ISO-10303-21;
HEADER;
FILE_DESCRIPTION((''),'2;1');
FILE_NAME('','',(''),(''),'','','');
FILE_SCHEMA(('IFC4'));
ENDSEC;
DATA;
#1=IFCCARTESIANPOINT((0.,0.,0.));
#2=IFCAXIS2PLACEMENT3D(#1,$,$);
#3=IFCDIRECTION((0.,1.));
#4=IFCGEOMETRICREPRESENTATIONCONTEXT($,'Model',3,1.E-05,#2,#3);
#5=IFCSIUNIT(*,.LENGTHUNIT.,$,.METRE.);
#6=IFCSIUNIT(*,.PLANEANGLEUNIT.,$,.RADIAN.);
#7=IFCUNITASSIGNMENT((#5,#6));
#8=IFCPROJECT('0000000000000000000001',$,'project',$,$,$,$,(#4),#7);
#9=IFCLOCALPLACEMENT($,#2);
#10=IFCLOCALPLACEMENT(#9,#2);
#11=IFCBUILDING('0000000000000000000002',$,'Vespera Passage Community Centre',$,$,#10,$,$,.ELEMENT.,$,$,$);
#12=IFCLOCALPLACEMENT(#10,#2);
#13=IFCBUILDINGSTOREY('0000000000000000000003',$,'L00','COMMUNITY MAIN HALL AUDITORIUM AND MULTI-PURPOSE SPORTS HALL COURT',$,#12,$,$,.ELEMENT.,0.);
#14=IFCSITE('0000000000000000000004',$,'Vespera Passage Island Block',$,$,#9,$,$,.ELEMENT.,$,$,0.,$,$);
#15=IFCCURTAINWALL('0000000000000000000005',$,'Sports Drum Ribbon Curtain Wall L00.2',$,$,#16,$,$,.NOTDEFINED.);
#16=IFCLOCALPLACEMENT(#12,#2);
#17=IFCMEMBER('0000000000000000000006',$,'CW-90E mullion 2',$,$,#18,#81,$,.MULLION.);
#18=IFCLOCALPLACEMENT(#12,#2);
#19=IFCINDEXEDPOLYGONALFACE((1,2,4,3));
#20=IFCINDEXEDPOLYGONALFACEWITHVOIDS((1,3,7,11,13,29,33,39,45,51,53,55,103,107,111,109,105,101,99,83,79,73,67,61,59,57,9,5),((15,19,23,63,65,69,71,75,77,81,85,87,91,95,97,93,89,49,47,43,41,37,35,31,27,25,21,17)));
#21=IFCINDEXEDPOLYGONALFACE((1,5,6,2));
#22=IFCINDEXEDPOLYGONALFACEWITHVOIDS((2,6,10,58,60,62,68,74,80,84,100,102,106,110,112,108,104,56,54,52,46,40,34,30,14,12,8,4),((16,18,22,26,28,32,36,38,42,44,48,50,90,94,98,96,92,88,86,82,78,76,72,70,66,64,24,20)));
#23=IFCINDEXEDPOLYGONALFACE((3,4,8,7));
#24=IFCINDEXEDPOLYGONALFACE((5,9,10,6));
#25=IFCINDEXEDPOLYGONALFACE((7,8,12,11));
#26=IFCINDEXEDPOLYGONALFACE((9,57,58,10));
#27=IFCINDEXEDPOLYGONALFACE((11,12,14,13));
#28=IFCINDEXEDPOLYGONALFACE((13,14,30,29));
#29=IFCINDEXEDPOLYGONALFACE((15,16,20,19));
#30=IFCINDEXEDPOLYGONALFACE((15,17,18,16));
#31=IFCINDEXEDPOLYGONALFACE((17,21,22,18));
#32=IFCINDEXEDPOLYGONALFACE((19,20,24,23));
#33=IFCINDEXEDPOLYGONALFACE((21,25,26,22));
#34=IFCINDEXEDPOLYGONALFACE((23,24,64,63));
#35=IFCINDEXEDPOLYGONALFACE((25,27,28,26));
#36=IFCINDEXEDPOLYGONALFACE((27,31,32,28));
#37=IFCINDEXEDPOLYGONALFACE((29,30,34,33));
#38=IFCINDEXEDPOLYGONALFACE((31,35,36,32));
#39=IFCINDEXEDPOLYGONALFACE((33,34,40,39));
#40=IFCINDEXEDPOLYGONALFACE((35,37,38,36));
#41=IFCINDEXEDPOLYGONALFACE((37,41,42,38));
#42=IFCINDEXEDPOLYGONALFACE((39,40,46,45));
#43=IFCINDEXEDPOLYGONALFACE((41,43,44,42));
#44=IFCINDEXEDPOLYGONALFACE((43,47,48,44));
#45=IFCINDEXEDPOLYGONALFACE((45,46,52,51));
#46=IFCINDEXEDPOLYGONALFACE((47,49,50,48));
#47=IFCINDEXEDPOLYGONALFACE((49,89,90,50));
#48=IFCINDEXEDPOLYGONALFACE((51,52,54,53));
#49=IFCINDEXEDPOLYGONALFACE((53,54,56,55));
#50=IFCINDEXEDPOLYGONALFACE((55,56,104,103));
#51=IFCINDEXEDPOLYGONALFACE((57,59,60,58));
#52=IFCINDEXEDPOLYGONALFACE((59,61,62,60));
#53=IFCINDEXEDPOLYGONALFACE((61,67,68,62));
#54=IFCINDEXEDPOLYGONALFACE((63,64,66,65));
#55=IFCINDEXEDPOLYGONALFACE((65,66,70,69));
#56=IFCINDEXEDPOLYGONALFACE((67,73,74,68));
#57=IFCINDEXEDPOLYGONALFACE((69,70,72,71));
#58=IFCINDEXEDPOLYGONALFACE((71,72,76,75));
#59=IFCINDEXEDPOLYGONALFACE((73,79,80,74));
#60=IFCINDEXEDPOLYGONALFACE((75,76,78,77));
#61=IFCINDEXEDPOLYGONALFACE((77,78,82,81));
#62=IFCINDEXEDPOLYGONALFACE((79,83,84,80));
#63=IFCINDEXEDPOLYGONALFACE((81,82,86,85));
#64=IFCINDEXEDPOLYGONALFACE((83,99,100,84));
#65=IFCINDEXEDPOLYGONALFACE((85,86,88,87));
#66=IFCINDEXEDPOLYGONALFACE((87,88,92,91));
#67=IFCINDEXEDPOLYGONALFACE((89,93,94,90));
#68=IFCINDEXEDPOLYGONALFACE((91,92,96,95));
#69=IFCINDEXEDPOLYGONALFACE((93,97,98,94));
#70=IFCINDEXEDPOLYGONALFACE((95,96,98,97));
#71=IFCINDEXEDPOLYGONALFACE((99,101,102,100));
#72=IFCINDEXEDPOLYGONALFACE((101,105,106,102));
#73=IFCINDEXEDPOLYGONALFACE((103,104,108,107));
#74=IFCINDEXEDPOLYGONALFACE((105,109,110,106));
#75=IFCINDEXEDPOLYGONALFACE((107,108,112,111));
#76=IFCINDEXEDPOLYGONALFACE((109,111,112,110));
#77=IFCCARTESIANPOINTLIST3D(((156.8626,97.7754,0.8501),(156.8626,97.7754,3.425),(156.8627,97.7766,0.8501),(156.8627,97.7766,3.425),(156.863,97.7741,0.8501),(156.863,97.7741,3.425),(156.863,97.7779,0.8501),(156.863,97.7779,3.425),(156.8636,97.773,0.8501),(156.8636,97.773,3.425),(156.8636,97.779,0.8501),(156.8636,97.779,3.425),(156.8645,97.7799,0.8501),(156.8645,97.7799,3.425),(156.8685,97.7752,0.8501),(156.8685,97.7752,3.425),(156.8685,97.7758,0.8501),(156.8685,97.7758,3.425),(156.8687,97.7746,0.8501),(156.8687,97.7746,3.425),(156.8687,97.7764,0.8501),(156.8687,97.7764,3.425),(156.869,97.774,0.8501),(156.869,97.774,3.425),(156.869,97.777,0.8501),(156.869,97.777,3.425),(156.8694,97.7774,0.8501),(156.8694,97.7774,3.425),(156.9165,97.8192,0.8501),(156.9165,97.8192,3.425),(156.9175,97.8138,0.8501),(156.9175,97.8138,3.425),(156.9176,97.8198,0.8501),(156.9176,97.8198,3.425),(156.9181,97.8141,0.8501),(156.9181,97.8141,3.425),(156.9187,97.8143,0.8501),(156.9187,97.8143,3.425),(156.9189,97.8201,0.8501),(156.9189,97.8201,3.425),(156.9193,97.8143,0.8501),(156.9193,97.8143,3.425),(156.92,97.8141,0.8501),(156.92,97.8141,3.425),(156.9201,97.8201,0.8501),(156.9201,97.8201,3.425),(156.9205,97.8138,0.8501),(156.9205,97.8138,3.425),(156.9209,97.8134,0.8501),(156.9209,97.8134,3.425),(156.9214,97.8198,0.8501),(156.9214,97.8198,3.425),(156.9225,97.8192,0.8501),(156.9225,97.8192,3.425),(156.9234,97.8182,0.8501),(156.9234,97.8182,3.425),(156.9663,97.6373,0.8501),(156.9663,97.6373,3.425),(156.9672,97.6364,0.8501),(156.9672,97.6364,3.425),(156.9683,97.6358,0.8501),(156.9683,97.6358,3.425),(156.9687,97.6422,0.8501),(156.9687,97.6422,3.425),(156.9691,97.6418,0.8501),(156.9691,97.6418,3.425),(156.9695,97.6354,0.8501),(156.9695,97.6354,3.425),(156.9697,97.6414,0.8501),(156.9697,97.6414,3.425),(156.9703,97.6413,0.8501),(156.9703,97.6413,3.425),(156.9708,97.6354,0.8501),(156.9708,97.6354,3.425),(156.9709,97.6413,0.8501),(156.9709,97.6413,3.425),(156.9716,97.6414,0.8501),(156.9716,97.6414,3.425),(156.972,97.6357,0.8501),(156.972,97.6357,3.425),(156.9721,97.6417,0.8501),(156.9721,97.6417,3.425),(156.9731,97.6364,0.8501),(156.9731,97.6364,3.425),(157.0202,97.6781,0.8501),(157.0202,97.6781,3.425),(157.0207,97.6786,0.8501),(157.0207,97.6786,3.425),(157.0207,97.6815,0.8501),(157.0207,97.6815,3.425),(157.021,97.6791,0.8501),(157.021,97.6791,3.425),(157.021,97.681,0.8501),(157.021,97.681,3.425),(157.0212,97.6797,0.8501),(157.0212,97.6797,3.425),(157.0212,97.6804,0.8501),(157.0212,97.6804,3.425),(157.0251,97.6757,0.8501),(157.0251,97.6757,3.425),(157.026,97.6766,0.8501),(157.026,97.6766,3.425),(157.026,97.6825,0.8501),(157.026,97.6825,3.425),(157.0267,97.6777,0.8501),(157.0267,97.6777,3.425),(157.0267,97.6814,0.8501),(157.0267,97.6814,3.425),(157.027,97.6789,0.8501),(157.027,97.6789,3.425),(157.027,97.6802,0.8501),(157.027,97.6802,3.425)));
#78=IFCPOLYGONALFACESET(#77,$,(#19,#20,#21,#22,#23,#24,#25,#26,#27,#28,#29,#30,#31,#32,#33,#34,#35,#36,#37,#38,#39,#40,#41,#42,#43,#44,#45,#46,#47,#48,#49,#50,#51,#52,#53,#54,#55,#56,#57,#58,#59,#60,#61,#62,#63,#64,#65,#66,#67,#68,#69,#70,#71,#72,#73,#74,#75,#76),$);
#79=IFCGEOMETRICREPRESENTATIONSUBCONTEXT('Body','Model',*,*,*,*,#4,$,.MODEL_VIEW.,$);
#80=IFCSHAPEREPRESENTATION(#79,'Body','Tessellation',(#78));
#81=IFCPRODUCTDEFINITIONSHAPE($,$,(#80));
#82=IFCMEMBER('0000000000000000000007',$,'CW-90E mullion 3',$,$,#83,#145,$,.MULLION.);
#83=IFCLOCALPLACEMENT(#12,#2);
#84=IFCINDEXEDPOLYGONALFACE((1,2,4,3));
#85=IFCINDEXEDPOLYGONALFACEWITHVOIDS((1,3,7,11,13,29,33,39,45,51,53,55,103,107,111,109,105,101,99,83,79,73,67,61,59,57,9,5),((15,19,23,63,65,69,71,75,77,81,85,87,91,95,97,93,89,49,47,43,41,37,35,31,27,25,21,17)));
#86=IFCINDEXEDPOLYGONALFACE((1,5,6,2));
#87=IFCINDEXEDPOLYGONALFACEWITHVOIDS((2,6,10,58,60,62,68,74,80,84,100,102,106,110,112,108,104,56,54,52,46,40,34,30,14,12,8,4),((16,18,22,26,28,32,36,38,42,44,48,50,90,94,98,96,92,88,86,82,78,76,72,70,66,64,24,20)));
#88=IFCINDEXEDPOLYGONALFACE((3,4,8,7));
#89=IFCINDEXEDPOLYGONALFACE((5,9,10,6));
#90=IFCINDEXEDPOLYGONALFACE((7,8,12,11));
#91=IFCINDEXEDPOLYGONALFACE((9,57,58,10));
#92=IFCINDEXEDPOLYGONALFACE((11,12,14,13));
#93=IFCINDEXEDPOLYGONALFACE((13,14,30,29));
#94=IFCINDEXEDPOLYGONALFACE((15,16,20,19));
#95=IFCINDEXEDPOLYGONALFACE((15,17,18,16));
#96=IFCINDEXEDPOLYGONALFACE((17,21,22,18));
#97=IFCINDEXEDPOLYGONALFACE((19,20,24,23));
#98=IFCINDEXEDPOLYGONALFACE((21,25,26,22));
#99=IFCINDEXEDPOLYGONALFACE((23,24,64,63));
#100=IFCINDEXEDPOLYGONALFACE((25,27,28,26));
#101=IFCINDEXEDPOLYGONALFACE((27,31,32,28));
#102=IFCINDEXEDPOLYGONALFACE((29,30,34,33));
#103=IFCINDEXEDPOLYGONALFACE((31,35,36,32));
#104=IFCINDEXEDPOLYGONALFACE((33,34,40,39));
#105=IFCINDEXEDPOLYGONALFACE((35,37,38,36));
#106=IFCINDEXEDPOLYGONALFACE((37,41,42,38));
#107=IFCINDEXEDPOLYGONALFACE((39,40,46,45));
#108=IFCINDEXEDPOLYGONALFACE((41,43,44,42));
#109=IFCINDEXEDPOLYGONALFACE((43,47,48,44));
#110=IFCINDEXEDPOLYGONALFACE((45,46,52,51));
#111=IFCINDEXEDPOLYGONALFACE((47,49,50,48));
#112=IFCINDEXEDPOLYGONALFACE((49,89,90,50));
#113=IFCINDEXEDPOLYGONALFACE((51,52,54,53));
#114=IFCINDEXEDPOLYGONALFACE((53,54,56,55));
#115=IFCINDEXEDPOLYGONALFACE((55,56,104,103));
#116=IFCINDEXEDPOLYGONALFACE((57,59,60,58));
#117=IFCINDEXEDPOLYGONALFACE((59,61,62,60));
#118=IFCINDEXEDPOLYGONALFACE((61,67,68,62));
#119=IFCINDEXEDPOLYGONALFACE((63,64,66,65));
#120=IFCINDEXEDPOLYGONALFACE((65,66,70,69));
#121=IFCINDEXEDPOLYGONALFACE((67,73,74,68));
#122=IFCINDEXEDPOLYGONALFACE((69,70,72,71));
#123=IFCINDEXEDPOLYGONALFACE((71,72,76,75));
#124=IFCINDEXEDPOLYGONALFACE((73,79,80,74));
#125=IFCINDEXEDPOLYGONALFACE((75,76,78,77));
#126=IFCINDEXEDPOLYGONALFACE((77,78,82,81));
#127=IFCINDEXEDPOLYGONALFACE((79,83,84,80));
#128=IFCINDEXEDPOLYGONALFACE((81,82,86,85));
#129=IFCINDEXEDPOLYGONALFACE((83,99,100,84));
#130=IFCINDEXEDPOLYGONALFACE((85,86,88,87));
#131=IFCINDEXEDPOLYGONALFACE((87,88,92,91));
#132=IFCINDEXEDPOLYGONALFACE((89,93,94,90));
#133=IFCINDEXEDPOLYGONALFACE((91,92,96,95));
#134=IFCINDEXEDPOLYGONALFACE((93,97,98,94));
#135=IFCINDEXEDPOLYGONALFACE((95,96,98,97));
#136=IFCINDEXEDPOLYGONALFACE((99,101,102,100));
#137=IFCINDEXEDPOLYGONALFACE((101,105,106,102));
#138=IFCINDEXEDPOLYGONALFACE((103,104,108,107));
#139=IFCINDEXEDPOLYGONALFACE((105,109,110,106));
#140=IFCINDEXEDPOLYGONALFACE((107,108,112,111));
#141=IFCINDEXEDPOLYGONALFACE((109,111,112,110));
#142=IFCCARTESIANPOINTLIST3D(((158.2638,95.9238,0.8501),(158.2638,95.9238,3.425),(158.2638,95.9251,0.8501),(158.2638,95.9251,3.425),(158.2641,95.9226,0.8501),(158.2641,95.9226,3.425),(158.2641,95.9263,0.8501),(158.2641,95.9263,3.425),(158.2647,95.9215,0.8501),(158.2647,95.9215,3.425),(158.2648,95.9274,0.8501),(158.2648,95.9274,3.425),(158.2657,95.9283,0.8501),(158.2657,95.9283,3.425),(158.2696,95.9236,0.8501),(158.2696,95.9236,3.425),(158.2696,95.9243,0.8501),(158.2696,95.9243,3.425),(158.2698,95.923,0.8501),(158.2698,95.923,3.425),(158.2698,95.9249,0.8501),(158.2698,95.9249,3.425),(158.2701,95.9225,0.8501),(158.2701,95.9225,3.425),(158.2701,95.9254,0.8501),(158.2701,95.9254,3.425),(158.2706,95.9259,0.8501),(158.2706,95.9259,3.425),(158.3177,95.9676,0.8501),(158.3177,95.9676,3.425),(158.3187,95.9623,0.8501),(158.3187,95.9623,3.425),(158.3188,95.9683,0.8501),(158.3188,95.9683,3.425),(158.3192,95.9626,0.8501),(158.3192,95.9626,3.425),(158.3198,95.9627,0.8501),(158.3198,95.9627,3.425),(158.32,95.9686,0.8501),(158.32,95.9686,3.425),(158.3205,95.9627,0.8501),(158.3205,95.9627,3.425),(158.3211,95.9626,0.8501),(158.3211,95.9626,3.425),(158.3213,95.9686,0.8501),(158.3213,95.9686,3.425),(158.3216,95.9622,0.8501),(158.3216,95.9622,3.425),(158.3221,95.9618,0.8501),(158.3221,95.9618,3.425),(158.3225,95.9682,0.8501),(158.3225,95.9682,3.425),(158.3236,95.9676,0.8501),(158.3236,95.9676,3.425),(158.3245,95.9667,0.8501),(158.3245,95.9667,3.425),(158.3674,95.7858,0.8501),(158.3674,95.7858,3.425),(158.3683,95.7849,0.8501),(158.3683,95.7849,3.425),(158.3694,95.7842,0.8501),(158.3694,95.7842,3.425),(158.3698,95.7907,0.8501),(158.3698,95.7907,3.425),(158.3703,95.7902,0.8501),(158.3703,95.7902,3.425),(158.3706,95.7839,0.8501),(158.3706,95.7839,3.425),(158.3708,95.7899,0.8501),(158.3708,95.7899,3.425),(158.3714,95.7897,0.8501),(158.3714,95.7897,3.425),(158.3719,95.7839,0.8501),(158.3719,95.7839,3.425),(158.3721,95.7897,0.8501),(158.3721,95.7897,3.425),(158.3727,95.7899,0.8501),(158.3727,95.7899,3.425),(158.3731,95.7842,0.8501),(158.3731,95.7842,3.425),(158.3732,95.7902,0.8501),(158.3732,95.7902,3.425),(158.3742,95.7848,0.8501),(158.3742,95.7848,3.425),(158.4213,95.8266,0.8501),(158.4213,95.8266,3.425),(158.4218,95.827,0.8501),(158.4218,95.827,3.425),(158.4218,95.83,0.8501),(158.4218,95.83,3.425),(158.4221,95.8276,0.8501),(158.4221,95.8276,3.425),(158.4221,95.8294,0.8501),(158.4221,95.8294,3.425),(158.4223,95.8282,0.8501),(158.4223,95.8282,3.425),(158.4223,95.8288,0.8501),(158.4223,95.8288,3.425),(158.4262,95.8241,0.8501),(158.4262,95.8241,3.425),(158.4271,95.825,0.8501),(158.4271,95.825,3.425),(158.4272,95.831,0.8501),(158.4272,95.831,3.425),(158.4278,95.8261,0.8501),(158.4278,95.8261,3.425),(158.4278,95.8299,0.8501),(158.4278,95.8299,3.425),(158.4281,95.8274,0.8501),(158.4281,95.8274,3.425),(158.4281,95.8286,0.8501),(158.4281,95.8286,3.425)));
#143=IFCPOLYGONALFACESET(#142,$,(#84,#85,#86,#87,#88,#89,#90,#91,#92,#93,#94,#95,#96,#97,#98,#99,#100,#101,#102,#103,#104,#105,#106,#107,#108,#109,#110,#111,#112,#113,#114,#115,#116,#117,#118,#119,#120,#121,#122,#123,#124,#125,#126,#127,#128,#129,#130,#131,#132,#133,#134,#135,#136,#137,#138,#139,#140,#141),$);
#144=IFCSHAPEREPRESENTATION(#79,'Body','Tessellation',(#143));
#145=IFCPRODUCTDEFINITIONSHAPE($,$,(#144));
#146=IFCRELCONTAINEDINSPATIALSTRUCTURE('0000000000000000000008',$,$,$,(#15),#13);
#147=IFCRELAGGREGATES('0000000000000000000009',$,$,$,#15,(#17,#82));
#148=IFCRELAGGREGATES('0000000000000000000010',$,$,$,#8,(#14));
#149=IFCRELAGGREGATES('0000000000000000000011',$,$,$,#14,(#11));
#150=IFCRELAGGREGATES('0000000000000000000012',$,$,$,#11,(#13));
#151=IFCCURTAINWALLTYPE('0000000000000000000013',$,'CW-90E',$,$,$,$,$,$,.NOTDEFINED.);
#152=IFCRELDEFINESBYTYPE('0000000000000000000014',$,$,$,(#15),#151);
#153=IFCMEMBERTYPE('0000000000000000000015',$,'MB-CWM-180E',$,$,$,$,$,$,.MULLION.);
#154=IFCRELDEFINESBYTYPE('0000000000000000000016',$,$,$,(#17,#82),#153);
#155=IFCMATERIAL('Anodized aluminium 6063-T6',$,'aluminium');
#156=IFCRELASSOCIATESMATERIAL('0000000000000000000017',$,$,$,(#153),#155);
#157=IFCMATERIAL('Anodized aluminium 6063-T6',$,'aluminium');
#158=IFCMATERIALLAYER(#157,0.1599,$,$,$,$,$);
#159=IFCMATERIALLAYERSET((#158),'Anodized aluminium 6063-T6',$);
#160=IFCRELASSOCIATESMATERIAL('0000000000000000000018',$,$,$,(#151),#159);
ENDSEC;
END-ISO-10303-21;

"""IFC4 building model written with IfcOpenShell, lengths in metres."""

from ifc_helpers import new_model, si_unit, direction, frame, origin, origin_2d, place, context, subcontext, project, spatial, hollow_rectangle, extrude, material, layer, layer_set, material_profile, profile_set, type_object, element, aggregate, save


model = new_model("IFC4")

# Units and contexts
model_context = context("Model", 3, precision=1e-05, world=origin(), true_north=direction((0.0, 1.0)))
body_context = subcontext(model_context, "Body", "Model", "MODEL_VIEW")
ifc_project = project(units=[si_unit("LENGTHUNIT", "METRE"), si_unit("PLANEANGLEUNIT", "RADIAN")], contexts=[model_context])

# Site, building, storey
site_placement = place(None, origin())
site = spatial("IfcSite", under=ifc_project, at=site_placement, Name="Vespera Passage Island Block", CompositionType="ELEMENT", RefElevation=0.0)
building_placement = place(site_placement, origin())
building = spatial("IfcBuilding", under=site, at=building_placement, Name="Vespera Passage Community Centre", CompositionType="ELEMENT")
storey_placement = place(building_placement, origin())
storey = spatial("IfcBuildingStorey", under=building, at=storey_placement, Name="L00", Description="COMMUNITY MAIN HALL AUDITORIUM AND MULTI-PURPOSE SPORTS HALL COURT", CompositionType="ELEMENT", Elevation=0.0)

# Curtain wall, members
ifc_material_1 = material(Name="Anodized aluminium 6063-T6", Category="aluminium")
ifc_material_profile_1 = material_profile(ifc_material_1, hollow_rectangle(XDim=0.075, YDim=0.1799, WallThickness=0.0049, InnerFilletRadius=0.0024, OuterFilletRadius=0.0049, at=origin_2d()), Name="ALU180X75X5")
ifc_profile_set_1 = profile_set([ifc_material_profile_1], Name="Anodized aluminium 6063-T6")
member_type_1 = type_object("IfcMemberType", Name="MB-CWM-180E", PredefinedType="MULLION", material=ifc_profile_set_1)
ifc_material_2 = material(Name="Anodized aluminium 6063-T6", Category="aluminium")
ifc_layer_1 = layer(ifc_material_2, 0.1599)
ifc_layer_set_1 = layer_set([ifc_layer_1], Name="Anodized aluminium 6063-T6")
curtain_wall_type_1 = type_object("IfcCurtainWallType", Name="CW-90E", PredefinedType="NOTDEFINED", material=ifc_layer_set_1)
curtain_wall_1_placement = place(storey_placement, origin())
curtain_wall_1 = element("IfcCurtainWall", 1, at=curtain_wall_1_placement, inside=storey, type_object=curtain_wall_type_1, Name="Sports Drum Ribbon Curtain Wall L00.2", PredefinedType="NOTDEFINED")
member_1_placement = place(storey_placement, frame((156.9448, 97.7278, 0.8501), z_axis=(0.0, 0.0, 1.0), x_axis=(0.797434, 0.603406, 0.0)))
member_1 = element("IfcMember", 2, at=member_1_placement, type_object=member_type_1, Name="CW-90E mullion 2", PredefinedType="MULLION", context=body_context, shape_type="SweptSolid", body=[
    extrude(hollow_rectangle(XDim=0.075, YDim=0.1799, WallThickness=0.0049, InnerFilletRadius=0.0024, OuterFilletRadius=0.0049, at=origin_2d()), origin(), (0.0, 0.0, 1.0), 2.575),
])
member_2_placement = place(storey_placement, frame((158.3459, 95.8762, 0.8501), z_axis=(0.0, 0.0, 1.0), x_axis=(0.797434, 0.603406, 0.0)))
member_2 = element("IfcMember", 3, at=member_2_placement, type_object=member_type_1, Name="CW-90E mullion 3", PredefinedType="MULLION", context=body_context, shape_type="SweptSolid", body=[
    extrude(hollow_rectangle(XDim=0.075, YDim=0.1799, WallThickness=0.0049, InnerFilletRadius=0.0024, OuterFilletRadius=0.0049, at=origin_2d()), origin(), (0.0, 0.0, 1.0), 2.575),
])

aggregate(curtain_wall_1, [member_1, member_2])

save(model, "model.ifc")
